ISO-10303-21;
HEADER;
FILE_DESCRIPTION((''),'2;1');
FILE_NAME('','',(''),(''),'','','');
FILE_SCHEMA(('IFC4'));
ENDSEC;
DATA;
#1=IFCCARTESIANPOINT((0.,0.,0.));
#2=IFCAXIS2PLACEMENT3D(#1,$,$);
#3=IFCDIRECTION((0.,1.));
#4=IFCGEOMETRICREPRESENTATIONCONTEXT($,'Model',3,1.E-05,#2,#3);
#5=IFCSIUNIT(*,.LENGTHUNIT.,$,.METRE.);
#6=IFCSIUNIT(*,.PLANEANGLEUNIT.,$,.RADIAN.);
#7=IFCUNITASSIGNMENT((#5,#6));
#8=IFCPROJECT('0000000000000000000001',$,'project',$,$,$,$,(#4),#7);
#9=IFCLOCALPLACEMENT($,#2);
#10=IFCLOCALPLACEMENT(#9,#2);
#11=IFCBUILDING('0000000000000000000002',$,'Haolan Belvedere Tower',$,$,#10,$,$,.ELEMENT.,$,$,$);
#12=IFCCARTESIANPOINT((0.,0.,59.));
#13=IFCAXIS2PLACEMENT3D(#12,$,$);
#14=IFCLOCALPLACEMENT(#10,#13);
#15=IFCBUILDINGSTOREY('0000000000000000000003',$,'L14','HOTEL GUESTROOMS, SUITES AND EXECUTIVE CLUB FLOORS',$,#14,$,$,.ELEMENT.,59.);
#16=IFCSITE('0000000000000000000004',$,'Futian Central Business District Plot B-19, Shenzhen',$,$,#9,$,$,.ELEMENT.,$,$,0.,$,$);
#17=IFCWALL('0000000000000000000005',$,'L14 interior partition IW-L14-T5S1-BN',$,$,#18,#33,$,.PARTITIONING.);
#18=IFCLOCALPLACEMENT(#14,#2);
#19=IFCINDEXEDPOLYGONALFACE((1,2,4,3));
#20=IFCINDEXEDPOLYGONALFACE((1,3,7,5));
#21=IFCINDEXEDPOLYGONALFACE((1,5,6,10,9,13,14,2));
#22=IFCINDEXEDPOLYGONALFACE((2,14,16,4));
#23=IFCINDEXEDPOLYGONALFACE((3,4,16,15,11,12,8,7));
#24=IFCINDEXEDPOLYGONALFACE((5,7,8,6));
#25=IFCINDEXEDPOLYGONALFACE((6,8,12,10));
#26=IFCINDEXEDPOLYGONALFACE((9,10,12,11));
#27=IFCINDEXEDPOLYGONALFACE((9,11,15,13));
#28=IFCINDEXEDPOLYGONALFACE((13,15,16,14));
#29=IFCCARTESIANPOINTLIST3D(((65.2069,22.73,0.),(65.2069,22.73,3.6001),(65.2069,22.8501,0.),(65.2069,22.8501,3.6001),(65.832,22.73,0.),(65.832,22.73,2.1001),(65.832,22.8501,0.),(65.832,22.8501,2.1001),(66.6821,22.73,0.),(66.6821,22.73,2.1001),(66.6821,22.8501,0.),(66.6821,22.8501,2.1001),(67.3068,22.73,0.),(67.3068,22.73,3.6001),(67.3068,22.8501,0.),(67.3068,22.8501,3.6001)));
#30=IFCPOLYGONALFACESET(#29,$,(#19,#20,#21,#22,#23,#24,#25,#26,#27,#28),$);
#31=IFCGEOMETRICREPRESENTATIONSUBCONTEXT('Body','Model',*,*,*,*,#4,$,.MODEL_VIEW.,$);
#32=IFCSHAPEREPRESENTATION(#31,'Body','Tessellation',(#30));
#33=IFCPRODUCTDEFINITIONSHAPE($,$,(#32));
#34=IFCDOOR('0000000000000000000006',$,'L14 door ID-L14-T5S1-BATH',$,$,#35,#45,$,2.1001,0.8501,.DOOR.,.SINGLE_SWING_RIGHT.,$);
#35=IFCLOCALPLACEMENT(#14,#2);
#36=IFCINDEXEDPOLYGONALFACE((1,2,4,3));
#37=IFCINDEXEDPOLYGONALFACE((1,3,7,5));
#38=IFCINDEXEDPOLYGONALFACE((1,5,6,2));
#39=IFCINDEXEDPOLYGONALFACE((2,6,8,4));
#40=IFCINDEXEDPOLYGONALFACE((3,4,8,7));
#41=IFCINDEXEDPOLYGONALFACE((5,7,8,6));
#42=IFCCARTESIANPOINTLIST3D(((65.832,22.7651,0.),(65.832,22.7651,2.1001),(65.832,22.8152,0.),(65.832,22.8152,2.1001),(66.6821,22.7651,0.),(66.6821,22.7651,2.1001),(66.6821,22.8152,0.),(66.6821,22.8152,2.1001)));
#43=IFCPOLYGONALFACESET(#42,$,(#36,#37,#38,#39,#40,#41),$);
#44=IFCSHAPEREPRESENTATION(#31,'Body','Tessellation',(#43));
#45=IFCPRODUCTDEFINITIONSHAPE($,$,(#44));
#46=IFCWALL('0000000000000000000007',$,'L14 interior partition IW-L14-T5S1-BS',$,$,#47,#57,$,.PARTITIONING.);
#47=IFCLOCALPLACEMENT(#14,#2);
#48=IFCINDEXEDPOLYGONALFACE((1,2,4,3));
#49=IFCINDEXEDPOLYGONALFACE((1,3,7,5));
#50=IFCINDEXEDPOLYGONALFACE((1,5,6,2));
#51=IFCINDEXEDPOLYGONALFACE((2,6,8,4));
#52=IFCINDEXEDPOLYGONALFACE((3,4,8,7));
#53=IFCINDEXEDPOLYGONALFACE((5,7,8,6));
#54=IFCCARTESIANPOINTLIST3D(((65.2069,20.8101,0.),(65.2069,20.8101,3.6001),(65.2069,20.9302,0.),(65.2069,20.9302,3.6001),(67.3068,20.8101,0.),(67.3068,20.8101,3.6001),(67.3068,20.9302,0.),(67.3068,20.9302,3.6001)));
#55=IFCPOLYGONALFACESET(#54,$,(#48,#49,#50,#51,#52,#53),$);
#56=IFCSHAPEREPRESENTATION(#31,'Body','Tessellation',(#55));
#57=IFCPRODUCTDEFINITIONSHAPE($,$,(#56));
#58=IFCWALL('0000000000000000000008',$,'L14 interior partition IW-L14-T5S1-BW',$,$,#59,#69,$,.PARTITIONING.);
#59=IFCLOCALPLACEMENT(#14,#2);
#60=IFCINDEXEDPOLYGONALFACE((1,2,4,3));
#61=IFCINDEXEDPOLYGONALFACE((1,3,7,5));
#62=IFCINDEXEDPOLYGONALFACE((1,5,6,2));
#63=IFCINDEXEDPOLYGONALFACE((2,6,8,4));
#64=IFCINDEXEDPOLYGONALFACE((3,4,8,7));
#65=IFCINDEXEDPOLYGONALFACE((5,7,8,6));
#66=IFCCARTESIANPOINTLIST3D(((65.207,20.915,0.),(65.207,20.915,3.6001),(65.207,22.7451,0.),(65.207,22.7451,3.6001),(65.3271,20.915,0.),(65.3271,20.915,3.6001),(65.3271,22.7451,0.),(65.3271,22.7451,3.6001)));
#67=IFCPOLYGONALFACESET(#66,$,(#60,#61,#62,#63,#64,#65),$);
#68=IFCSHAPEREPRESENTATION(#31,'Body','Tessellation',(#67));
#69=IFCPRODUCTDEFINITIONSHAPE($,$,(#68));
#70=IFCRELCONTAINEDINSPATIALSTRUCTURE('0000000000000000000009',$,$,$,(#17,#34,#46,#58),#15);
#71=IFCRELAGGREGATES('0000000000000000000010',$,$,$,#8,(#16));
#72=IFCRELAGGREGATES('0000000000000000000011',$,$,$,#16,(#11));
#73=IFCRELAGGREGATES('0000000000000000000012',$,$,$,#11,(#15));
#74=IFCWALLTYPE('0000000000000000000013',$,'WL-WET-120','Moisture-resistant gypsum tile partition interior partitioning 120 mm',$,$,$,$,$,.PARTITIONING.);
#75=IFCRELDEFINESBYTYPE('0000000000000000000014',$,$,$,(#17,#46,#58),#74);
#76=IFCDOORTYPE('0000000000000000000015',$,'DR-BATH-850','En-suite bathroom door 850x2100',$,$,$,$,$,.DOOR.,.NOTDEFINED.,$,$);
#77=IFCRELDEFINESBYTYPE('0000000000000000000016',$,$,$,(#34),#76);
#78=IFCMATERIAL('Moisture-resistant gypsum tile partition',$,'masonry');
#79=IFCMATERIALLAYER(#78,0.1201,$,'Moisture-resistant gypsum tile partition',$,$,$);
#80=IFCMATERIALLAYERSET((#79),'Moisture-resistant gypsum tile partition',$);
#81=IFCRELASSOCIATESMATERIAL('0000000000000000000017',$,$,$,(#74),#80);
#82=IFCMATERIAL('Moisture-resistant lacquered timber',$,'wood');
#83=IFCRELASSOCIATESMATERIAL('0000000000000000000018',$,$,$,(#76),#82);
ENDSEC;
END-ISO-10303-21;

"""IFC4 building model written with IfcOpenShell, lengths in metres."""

from ifc_helpers import new_model, si_unit, direction, frame, frame_2d, origin, place, context, subcontext, project, spatial, rectangle, extrude, material, layer, layer_set, type_object, element, fill, save


model = new_model("IFC4")

# Units and contexts
model_context = context("Model", 3, precision=1e-05, world=origin(), true_north=direction((0.0, 1.0)))
body_context = subcontext(model_context, "Body", "Model", "MODEL_VIEW")
ifc_project = project(units=[si_unit("LENGTHUNIT", "METRE"), si_unit("PLANEANGLEUNIT", "RADIAN")], contexts=[model_context])

# Site, building, storey
site_placement = place(None, origin())
site = spatial("IfcSite", under=ifc_project, at=site_placement, Name="Futian Central Business District Plot B-19, Shenzhen", CompositionType="ELEMENT", RefElevation=0.0)
building_placement = place(site_placement, origin())
building = spatial("IfcBuilding", under=site, at=building_placement, Name="Haolan Belvedere Tower", CompositionType="ELEMENT")
storey_placement = place(building_placement, frame((0.0, 0.0, 59.0)))
storey = spatial("IfcBuildingStorey", under=building, at=storey_placement, Name="L14", Description="HOTEL GUESTROOMS, SUITES AND EXECUTIVE CLUB FLOORS", CompositionType="ELEMENT", Elevation=59.0)

# Shared definitions
ifc_material_1 = material(Name="Moisture-resistant gypsum tile partition", Category="masonry")
ifc_layer_1 = layer(ifc_material_1, 0.1201, Name="Moisture-resistant gypsum tile partition")
ifc_layer_set_1 = layer_set([ifc_layer_1], Name="Moisture-resistant gypsum tile partition")
wall_type_1 = type_object("IfcWallType", Name="WL-WET-120", Description="Moisture-resistant gypsum tile partition interior partitioning 120 mm", PredefinedType="PARTITIONING", material=ifc_layer_set_1)
ifc_material_2 = material(Name="Moisture-resistant lacquered timber", Category="wood")
door_type_1 = type_object("IfcDoorType", Name="DR-BATH-850", Description="En-suite bathroom door 850x2100", OperationType="NOTDEFINED", PredefinedType="DOOR", material=ifc_material_2)

# Wall, opening, door
wall_1_placement = place(storey_placement, frame((65.207, 22.79, 0.0), z_axis=(0.0, 0.0, 1.0), x_axis=(1.0, 0.0, 0.0)))
wall_1 = element("IfcWall", 1, at=wall_1_placement, inside=storey, type_object=wall_type_1, Name="L14 interior partition IW-L14-T5S1-BN", PredefinedType="PARTITIONING", context=body_context, shape_type="SweptSolid", body=[
    extrude(rectangle(XDim=2.0999, YDim=0.1201, at=frame_2d((1.0498, 0.0))), origin(), (0.0, 0.0, 1.0), 3.6001),
])
opening_1_placement = place(wall_1_placement, frame((1.4751, 0.0, 0.0), z_axis=(0.0, 0.0, 1.0), x_axis=(-1.0, 0.0, 0.0)))
opening_1 = element("IfcOpeningElement", 2, at=opening_1_placement, cuts=wall_1, PredefinedType="OPENING", context=body_context, shape_type="SweptSolid", body=[
    extrude(rectangle(XDim=0.8501, YDim=2.1001, at=frame_2d((0.425, 1.05))), frame((0.0, 0.0701, 0.0), z_axis=(0.0, -1.0, 0.0), x_axis=(1.0, 0.0, 0.0)), (0.0, 0.0, 1.0), 0.1401),
])
door_1_placement = place(opening_1_placement, origin())
door_1 = element("IfcDoor", 3, at=door_1_placement, inside=storey, type_object=door_type_1, Name="L14 door ID-L14-T5S1-BATH", OperationType="SINGLE_SWING_RIGHT", OverallHeight=2.1001, OverallWidth=0.8501, PredefinedType="DOOR", context=body_context, shape_type="SweptSolid", body=[
    extrude(rectangle(XDim=0.8501, YDim=2.1001, at=frame_2d((0.425, 1.05))), frame((0.0, 0.0249, 0.0), z_axis=(0.0, -1.0, 0.0), x_axis=(1.0, 0.0, 0.0)), (0.0, 0.0, 1.0), 0.05),
])
fill(opening_1, door_1)

# Walls
wall_2_placement = place(storey_placement, frame((65.207, 20.8701, 0.0), z_axis=(0.0, 0.0, 1.0), x_axis=(1.0, 0.0, 0.0)))
element("IfcWall", 4, at=wall_2_placement, inside=storey, type_object=wall_type_1, Name="L14 interior partition IW-L14-T5S1-BS", PredefinedType="PARTITIONING", context=body_context, shape_type="SweptSolid", body=[
    extrude(rectangle(XDim=2.0999, YDim=0.1201, at=frame_2d((1.0498, 0.0))), origin(), (0.0, 0.0, 1.0), 3.6001),
])
wall_3_placement = place(storey_placement, frame((65.2671, 20.915, 0.0), z_axis=(0.0, 0.0, 1.0), x_axis=(0.0, 1.0, 0.0)))
element("IfcWall", 5, at=wall_3_placement, inside=storey, type_object=wall_type_1, Name="L14 interior partition IW-L14-T5S1-BW", PredefinedType="PARTITIONING", context=body_context, shape_type="SweptSolid", body=[
    extrude(rectangle(XDim=1.8301, YDim=0.1201, at=frame_2d((0.915, 0.0))), origin(), (0.0, 0.0, 1.0), 3.6001),
])

save(model, "model.ifc")
